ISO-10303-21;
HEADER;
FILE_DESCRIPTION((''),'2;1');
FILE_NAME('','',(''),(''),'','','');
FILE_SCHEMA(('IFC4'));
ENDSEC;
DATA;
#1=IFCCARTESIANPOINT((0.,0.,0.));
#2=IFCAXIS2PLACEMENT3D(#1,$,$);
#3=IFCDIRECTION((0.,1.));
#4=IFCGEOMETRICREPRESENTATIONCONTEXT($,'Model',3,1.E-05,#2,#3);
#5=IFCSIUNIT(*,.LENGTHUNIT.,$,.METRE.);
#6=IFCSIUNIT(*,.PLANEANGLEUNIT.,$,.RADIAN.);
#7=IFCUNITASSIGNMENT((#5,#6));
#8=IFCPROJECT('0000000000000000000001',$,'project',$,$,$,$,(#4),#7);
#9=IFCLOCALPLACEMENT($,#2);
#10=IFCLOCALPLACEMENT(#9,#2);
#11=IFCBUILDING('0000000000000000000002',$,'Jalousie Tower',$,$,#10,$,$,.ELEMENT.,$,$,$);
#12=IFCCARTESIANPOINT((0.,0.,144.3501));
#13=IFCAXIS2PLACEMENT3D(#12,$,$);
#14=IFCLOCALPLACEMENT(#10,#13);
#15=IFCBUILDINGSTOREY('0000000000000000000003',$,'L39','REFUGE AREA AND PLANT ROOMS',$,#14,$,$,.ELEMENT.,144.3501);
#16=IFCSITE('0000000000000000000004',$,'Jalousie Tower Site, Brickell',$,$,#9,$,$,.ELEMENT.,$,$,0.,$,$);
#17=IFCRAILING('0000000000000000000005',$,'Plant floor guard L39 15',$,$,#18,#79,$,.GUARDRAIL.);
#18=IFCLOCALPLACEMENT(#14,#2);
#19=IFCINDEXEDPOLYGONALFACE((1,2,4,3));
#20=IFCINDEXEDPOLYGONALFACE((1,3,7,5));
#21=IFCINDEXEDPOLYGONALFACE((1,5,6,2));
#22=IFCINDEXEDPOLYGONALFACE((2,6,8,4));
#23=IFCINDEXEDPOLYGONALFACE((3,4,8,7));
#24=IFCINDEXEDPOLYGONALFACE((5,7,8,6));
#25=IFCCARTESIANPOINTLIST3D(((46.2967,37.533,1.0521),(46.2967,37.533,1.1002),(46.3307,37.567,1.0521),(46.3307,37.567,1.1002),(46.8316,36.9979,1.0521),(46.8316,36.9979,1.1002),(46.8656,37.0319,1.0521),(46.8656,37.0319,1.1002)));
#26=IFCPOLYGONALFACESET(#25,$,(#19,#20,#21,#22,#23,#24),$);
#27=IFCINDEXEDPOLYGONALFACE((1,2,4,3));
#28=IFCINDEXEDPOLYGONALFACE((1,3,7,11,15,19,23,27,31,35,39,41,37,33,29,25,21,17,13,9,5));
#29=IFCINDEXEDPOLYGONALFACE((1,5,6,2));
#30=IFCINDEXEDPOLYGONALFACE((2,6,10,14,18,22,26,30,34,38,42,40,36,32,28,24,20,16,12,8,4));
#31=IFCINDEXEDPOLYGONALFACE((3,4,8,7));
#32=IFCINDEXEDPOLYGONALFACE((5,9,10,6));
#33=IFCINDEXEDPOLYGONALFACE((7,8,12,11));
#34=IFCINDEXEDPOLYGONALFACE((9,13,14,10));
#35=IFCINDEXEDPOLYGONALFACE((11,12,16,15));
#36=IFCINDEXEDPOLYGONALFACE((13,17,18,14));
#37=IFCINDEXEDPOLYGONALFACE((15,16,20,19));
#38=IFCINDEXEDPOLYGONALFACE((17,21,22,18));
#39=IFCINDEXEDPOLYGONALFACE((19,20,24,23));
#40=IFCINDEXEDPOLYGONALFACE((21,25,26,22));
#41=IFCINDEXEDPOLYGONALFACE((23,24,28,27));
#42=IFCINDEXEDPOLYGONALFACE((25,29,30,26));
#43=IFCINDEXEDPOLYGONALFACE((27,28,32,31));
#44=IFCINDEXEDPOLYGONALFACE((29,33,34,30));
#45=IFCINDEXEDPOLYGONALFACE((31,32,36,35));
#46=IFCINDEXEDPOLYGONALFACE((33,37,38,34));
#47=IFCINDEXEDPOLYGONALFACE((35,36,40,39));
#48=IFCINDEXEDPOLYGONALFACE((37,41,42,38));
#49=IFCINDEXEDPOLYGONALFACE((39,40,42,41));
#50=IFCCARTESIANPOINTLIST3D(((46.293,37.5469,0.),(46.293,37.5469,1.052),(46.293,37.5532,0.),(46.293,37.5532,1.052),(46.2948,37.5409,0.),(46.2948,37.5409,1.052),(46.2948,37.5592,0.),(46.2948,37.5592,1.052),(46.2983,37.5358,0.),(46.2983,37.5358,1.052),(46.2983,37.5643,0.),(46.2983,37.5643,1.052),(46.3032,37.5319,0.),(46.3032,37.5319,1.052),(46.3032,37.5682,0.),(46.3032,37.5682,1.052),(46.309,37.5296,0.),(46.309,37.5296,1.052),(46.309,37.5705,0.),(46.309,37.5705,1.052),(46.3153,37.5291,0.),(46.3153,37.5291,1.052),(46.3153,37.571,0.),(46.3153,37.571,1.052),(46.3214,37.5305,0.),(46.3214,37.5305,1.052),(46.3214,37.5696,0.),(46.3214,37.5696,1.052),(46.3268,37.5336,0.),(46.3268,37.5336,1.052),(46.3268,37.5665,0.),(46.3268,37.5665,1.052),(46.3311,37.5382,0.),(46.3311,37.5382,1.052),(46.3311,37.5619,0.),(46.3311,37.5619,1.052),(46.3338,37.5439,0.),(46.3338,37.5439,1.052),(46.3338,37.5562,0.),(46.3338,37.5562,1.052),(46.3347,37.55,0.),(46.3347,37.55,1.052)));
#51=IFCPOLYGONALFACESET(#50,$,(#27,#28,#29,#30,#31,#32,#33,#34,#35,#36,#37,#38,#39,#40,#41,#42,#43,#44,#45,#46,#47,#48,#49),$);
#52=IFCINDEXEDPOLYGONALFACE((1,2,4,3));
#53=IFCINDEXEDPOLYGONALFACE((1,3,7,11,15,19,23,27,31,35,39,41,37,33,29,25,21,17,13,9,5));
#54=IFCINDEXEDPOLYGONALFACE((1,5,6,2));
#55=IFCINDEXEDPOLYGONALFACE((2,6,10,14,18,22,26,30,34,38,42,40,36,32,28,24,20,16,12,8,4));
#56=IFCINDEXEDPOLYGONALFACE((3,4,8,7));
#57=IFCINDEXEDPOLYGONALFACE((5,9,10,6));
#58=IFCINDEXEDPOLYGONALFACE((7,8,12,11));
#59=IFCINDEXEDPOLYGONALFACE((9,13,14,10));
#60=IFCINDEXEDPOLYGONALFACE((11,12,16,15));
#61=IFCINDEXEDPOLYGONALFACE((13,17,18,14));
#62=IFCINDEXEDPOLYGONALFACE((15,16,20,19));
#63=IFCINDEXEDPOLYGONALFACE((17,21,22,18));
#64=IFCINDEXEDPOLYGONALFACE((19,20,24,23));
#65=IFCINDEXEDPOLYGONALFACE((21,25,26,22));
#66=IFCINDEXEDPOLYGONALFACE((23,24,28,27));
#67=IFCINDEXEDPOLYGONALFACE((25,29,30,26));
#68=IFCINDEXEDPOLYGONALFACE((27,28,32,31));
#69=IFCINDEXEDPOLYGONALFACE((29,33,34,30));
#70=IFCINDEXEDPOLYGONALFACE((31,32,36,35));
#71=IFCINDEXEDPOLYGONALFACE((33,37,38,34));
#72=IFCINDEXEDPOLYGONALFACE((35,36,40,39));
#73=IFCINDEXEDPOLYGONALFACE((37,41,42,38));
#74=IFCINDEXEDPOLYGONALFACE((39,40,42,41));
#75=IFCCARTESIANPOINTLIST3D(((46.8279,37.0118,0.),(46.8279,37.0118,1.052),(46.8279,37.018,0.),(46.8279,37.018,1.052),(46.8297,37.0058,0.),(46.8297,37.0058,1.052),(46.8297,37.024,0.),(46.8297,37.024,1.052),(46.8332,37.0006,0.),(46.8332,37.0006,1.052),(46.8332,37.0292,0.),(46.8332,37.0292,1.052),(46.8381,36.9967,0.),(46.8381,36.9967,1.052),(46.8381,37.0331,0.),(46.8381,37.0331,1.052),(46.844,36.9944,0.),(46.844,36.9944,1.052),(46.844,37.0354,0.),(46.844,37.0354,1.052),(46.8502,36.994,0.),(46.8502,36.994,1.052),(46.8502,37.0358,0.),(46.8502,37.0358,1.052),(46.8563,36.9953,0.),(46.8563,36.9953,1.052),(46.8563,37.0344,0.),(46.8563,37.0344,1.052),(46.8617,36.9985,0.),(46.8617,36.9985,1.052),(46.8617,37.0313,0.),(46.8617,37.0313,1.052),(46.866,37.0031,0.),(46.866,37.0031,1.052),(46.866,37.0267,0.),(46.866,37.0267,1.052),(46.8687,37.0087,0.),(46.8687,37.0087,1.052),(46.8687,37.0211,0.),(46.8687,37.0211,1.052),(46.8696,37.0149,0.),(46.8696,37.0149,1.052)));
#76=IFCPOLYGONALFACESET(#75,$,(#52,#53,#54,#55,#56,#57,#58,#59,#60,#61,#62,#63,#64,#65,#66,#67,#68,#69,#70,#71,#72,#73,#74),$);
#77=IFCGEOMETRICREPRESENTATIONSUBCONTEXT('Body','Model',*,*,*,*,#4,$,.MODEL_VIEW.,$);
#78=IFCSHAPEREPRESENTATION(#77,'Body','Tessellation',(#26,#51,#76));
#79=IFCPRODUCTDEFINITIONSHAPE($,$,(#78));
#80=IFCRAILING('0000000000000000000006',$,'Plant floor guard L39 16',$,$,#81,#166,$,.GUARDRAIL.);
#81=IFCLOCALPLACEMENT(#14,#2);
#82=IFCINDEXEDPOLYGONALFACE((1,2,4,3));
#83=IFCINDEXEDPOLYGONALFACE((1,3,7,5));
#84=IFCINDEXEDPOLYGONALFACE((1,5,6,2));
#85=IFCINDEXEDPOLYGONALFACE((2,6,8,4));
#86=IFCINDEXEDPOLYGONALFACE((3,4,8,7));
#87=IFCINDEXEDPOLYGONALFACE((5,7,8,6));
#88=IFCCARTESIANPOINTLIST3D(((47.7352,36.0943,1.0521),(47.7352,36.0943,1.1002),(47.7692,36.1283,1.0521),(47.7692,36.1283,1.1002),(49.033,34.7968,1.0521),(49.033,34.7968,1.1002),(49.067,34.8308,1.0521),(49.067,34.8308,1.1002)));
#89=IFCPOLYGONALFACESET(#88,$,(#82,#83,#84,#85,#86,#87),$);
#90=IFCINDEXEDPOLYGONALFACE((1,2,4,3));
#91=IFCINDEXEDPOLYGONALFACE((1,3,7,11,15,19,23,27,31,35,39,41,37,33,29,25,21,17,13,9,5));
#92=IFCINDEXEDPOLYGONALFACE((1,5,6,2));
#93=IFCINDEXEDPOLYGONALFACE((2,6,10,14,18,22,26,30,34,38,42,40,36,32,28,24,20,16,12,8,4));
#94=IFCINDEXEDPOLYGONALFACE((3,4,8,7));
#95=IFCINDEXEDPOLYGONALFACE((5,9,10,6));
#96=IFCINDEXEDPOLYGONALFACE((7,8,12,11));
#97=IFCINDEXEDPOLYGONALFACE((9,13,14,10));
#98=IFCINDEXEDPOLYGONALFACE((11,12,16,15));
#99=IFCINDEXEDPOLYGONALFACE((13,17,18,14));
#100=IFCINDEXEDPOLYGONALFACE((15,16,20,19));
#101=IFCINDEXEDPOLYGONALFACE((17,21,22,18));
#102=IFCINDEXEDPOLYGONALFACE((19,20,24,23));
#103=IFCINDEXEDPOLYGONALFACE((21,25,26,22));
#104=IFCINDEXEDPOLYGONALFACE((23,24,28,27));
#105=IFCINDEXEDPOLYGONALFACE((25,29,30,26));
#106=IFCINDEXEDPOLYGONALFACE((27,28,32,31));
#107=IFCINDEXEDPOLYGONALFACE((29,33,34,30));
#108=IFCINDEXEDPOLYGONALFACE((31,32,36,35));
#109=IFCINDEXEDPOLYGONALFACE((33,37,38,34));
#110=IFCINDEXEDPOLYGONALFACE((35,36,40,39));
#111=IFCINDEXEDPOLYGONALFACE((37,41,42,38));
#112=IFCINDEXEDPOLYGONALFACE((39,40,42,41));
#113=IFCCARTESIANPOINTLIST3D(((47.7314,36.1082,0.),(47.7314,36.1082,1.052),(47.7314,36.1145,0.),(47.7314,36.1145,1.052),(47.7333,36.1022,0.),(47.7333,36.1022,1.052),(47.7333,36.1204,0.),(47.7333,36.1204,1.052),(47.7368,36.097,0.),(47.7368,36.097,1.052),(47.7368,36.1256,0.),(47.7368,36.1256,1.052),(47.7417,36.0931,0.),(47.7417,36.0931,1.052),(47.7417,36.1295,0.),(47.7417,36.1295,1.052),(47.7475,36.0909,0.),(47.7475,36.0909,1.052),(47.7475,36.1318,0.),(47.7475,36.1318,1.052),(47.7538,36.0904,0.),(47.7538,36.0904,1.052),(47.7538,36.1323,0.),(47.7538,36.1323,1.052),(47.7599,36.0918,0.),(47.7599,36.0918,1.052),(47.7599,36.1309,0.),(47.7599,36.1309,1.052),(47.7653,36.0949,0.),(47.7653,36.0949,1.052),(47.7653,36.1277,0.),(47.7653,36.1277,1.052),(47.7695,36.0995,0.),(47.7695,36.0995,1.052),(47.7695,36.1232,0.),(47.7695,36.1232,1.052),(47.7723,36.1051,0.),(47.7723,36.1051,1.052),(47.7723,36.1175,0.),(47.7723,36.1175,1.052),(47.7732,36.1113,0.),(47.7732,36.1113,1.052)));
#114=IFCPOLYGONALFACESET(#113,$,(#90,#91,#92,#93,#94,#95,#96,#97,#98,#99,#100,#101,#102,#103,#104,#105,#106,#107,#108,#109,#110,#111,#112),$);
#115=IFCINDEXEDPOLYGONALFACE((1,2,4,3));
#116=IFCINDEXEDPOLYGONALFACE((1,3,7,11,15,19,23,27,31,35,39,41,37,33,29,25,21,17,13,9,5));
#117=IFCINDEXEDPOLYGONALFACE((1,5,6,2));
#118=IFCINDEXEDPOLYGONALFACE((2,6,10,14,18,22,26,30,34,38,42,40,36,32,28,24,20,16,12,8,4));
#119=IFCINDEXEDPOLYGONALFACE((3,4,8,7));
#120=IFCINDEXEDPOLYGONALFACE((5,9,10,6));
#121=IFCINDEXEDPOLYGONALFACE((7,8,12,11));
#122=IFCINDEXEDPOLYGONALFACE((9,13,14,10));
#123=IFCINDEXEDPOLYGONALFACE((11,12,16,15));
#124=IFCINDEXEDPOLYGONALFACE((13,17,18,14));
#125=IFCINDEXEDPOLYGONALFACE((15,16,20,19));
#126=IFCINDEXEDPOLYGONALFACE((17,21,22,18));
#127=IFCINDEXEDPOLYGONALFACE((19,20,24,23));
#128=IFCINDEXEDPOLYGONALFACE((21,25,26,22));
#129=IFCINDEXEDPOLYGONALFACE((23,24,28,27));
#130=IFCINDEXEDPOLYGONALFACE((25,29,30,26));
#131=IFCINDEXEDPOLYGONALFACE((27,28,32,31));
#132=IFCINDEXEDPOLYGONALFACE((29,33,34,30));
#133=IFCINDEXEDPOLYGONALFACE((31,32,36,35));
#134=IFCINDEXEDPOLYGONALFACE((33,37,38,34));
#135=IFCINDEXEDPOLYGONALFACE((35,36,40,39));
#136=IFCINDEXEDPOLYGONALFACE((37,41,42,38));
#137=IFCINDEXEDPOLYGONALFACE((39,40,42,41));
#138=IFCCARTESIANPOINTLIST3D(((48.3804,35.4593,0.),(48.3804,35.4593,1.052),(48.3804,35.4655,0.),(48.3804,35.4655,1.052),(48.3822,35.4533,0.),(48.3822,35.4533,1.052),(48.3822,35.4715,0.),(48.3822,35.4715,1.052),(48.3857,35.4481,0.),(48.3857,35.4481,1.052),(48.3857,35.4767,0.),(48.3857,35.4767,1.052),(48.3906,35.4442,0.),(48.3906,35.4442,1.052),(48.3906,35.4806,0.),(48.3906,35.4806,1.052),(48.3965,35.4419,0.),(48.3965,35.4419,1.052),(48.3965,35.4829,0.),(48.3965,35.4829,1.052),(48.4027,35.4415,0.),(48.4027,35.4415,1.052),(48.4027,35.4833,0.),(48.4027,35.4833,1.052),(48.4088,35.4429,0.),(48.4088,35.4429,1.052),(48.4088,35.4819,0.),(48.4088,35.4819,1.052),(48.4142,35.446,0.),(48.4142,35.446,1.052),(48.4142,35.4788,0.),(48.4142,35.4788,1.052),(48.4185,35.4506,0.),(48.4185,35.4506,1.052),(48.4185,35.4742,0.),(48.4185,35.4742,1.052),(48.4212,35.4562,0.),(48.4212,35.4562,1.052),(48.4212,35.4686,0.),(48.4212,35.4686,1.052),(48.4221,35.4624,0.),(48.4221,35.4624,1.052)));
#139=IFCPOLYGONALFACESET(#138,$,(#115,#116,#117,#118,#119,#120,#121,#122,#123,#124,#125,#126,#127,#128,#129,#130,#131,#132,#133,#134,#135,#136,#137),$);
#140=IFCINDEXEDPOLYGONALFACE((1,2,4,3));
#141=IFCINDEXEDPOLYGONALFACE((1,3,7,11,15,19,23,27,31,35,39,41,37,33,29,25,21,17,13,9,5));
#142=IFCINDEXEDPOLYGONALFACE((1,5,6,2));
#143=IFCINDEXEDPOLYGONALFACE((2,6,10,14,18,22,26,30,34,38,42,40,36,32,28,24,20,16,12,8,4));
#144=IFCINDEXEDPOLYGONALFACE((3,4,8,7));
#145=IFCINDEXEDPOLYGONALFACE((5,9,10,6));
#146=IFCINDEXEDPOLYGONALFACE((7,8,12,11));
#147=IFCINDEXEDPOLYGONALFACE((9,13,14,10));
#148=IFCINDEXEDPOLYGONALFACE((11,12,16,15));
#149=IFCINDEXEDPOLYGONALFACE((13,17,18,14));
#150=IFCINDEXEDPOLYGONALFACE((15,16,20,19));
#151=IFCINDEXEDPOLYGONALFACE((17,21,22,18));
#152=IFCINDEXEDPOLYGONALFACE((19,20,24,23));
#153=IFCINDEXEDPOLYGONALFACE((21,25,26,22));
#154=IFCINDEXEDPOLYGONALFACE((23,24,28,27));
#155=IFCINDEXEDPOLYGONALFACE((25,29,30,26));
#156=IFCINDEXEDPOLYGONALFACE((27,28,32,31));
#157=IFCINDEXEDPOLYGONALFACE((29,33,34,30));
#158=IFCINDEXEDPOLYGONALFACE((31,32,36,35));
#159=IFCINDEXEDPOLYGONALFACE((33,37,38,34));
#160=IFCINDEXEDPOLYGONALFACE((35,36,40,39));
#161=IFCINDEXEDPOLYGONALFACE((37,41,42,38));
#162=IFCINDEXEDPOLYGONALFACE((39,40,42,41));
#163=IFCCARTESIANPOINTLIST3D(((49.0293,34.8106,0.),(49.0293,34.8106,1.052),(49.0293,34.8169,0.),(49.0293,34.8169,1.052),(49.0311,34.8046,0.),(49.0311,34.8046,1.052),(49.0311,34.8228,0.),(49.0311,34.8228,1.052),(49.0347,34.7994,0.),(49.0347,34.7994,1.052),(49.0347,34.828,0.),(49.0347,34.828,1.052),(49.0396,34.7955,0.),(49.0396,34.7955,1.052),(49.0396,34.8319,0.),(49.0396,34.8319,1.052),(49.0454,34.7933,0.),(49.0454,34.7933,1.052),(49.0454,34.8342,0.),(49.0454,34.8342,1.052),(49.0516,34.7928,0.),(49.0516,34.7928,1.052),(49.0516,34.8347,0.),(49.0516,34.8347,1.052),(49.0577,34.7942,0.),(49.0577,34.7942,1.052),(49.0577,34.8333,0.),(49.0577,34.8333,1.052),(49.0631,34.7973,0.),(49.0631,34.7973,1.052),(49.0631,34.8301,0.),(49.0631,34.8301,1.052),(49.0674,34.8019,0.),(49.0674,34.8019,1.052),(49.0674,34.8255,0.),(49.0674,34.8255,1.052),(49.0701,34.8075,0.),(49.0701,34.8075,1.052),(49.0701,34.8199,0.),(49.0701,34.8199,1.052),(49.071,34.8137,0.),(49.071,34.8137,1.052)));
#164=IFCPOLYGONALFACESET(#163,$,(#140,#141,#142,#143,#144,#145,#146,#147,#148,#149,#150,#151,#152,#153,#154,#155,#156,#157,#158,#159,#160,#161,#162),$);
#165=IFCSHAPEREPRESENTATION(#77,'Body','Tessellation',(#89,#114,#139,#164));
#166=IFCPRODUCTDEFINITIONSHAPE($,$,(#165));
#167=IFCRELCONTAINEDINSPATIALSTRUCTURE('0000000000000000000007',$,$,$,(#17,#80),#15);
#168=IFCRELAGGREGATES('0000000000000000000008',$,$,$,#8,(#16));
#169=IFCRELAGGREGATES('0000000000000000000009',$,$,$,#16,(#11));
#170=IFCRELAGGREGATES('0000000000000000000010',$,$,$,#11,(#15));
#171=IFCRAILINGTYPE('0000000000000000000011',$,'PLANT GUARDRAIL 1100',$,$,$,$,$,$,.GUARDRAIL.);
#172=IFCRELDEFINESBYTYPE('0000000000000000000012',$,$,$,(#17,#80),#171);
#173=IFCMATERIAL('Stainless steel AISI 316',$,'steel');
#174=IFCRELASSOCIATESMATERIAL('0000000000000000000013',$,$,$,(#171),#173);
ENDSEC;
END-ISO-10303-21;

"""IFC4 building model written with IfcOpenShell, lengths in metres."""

from ifc_helpers import new_model, si_unit, direction, frame, origin, origin_2d, place, context, subcontext, project, spatial, rectangle, circle, extrude, material, type_object, element, save


model = new_model("IFC4")

# Units and contexts
model_context = context("Model", 3, precision=1e-05, world=origin(), true_north=direction((0.0, 1.0)))
body_context = subcontext(model_context, "Body", "Model", "MODEL_VIEW")
ifc_project = project(units=[si_unit("LENGTHUNIT", "METRE"), si_unit("PLANEANGLEUNIT", "RADIAN")], contexts=[model_context])

# Site, building, storey
site_placement = place(None, origin())
site = spatial("IfcSite", under=ifc_project, at=site_placement, Name="Jalousie Tower Site, Brickell", CompositionType="ELEMENT", RefElevation=0.0)
building_placement = place(site_placement, origin())
building = spatial("IfcBuilding", under=site, at=building_placement, Name="Jalousie Tower", CompositionType="ELEMENT")
storey_placement = place(building_placement, frame((0.0, 0.0, 144.3501)))
storey = spatial("IfcBuildingStorey", under=building, at=storey_placement, Name="L39", Description="REFUGE AREA AND PLANT ROOMS", CompositionType="ELEMENT", Elevation=144.3501)

# Railings
ifc_material_1 = material(Name="Stainless steel AISI 316", Category="steel")
railing_type_1 = type_object("IfcRailingType", Name="PLANT GUARDRAIL 1100", PredefinedType="GUARDRAIL", material=ifc_material_1)
railing_1_placement = place(storey_placement, frame((46.3137, 37.55, 0.0)))
element("IfcRailing", 1, at=railing_1_placement, inside=storey, type_object=railing_type_1, Name="Plant floor guard L39 15", PredefinedType="GUARDRAIL", context=body_context, shape_type="SweptSolid", body=[
    extrude(rectangle(XDim=0.0481, YDim=0.0481, at=origin_2d()), frame((0.0, 0.0, 1.0762), z_axis=(0.706945, -0.707268, 0.0), x_axis=(0.707268, 0.706945, 0.0)), (0.0, 0.0, 1.0), 0.7566),
    extrude(circle(Radius=0.021, at=origin_2d()), origin(), (0.0, 0.0, 1.0), 1.052),
    extrude(circle(Radius=0.021, at=origin_2d()), frame((0.5349, -0.5352, 0.0)), (0.0, 0.0, 1.0), 1.052),
])
railing_2_placement = place(storey_placement, frame((47.7522, 36.1113, 0.0)))
element("IfcRailing", 2, at=railing_2_placement, inside=storey, type_object=railing_type_1, Name="Plant floor guard L39 16", PredefinedType="GUARDRAIL", context=body_context, shape_type="SweptSolid", body=[
    extrude(rectangle(XDim=0.0481, YDim=0.0481, at=origin_2d()), frame((0.0, 0.0, 1.0762), z_axis=(0.707173, -0.70704, 0.0), x_axis=(0.70704, 0.707173, 0.0)), (0.0, 0.0, 1.0), 1.8352),
    extrude(circle(Radius=0.021, at=origin_2d()), origin(), (0.0, 0.0, 1.0), 1.052),
    extrude(circle(Radius=0.021, at=origin_2d()), frame((0.6489, -0.6489, 0.0)), (0.0, 0.0, 1.0), 1.052),
    extrude(circle(Radius=0.021, at=origin_2d()), frame((1.2979, -1.2976, 0.0)), (0.0, 0.0, 1.0), 1.052),
])

save(model, "model.ifc")
